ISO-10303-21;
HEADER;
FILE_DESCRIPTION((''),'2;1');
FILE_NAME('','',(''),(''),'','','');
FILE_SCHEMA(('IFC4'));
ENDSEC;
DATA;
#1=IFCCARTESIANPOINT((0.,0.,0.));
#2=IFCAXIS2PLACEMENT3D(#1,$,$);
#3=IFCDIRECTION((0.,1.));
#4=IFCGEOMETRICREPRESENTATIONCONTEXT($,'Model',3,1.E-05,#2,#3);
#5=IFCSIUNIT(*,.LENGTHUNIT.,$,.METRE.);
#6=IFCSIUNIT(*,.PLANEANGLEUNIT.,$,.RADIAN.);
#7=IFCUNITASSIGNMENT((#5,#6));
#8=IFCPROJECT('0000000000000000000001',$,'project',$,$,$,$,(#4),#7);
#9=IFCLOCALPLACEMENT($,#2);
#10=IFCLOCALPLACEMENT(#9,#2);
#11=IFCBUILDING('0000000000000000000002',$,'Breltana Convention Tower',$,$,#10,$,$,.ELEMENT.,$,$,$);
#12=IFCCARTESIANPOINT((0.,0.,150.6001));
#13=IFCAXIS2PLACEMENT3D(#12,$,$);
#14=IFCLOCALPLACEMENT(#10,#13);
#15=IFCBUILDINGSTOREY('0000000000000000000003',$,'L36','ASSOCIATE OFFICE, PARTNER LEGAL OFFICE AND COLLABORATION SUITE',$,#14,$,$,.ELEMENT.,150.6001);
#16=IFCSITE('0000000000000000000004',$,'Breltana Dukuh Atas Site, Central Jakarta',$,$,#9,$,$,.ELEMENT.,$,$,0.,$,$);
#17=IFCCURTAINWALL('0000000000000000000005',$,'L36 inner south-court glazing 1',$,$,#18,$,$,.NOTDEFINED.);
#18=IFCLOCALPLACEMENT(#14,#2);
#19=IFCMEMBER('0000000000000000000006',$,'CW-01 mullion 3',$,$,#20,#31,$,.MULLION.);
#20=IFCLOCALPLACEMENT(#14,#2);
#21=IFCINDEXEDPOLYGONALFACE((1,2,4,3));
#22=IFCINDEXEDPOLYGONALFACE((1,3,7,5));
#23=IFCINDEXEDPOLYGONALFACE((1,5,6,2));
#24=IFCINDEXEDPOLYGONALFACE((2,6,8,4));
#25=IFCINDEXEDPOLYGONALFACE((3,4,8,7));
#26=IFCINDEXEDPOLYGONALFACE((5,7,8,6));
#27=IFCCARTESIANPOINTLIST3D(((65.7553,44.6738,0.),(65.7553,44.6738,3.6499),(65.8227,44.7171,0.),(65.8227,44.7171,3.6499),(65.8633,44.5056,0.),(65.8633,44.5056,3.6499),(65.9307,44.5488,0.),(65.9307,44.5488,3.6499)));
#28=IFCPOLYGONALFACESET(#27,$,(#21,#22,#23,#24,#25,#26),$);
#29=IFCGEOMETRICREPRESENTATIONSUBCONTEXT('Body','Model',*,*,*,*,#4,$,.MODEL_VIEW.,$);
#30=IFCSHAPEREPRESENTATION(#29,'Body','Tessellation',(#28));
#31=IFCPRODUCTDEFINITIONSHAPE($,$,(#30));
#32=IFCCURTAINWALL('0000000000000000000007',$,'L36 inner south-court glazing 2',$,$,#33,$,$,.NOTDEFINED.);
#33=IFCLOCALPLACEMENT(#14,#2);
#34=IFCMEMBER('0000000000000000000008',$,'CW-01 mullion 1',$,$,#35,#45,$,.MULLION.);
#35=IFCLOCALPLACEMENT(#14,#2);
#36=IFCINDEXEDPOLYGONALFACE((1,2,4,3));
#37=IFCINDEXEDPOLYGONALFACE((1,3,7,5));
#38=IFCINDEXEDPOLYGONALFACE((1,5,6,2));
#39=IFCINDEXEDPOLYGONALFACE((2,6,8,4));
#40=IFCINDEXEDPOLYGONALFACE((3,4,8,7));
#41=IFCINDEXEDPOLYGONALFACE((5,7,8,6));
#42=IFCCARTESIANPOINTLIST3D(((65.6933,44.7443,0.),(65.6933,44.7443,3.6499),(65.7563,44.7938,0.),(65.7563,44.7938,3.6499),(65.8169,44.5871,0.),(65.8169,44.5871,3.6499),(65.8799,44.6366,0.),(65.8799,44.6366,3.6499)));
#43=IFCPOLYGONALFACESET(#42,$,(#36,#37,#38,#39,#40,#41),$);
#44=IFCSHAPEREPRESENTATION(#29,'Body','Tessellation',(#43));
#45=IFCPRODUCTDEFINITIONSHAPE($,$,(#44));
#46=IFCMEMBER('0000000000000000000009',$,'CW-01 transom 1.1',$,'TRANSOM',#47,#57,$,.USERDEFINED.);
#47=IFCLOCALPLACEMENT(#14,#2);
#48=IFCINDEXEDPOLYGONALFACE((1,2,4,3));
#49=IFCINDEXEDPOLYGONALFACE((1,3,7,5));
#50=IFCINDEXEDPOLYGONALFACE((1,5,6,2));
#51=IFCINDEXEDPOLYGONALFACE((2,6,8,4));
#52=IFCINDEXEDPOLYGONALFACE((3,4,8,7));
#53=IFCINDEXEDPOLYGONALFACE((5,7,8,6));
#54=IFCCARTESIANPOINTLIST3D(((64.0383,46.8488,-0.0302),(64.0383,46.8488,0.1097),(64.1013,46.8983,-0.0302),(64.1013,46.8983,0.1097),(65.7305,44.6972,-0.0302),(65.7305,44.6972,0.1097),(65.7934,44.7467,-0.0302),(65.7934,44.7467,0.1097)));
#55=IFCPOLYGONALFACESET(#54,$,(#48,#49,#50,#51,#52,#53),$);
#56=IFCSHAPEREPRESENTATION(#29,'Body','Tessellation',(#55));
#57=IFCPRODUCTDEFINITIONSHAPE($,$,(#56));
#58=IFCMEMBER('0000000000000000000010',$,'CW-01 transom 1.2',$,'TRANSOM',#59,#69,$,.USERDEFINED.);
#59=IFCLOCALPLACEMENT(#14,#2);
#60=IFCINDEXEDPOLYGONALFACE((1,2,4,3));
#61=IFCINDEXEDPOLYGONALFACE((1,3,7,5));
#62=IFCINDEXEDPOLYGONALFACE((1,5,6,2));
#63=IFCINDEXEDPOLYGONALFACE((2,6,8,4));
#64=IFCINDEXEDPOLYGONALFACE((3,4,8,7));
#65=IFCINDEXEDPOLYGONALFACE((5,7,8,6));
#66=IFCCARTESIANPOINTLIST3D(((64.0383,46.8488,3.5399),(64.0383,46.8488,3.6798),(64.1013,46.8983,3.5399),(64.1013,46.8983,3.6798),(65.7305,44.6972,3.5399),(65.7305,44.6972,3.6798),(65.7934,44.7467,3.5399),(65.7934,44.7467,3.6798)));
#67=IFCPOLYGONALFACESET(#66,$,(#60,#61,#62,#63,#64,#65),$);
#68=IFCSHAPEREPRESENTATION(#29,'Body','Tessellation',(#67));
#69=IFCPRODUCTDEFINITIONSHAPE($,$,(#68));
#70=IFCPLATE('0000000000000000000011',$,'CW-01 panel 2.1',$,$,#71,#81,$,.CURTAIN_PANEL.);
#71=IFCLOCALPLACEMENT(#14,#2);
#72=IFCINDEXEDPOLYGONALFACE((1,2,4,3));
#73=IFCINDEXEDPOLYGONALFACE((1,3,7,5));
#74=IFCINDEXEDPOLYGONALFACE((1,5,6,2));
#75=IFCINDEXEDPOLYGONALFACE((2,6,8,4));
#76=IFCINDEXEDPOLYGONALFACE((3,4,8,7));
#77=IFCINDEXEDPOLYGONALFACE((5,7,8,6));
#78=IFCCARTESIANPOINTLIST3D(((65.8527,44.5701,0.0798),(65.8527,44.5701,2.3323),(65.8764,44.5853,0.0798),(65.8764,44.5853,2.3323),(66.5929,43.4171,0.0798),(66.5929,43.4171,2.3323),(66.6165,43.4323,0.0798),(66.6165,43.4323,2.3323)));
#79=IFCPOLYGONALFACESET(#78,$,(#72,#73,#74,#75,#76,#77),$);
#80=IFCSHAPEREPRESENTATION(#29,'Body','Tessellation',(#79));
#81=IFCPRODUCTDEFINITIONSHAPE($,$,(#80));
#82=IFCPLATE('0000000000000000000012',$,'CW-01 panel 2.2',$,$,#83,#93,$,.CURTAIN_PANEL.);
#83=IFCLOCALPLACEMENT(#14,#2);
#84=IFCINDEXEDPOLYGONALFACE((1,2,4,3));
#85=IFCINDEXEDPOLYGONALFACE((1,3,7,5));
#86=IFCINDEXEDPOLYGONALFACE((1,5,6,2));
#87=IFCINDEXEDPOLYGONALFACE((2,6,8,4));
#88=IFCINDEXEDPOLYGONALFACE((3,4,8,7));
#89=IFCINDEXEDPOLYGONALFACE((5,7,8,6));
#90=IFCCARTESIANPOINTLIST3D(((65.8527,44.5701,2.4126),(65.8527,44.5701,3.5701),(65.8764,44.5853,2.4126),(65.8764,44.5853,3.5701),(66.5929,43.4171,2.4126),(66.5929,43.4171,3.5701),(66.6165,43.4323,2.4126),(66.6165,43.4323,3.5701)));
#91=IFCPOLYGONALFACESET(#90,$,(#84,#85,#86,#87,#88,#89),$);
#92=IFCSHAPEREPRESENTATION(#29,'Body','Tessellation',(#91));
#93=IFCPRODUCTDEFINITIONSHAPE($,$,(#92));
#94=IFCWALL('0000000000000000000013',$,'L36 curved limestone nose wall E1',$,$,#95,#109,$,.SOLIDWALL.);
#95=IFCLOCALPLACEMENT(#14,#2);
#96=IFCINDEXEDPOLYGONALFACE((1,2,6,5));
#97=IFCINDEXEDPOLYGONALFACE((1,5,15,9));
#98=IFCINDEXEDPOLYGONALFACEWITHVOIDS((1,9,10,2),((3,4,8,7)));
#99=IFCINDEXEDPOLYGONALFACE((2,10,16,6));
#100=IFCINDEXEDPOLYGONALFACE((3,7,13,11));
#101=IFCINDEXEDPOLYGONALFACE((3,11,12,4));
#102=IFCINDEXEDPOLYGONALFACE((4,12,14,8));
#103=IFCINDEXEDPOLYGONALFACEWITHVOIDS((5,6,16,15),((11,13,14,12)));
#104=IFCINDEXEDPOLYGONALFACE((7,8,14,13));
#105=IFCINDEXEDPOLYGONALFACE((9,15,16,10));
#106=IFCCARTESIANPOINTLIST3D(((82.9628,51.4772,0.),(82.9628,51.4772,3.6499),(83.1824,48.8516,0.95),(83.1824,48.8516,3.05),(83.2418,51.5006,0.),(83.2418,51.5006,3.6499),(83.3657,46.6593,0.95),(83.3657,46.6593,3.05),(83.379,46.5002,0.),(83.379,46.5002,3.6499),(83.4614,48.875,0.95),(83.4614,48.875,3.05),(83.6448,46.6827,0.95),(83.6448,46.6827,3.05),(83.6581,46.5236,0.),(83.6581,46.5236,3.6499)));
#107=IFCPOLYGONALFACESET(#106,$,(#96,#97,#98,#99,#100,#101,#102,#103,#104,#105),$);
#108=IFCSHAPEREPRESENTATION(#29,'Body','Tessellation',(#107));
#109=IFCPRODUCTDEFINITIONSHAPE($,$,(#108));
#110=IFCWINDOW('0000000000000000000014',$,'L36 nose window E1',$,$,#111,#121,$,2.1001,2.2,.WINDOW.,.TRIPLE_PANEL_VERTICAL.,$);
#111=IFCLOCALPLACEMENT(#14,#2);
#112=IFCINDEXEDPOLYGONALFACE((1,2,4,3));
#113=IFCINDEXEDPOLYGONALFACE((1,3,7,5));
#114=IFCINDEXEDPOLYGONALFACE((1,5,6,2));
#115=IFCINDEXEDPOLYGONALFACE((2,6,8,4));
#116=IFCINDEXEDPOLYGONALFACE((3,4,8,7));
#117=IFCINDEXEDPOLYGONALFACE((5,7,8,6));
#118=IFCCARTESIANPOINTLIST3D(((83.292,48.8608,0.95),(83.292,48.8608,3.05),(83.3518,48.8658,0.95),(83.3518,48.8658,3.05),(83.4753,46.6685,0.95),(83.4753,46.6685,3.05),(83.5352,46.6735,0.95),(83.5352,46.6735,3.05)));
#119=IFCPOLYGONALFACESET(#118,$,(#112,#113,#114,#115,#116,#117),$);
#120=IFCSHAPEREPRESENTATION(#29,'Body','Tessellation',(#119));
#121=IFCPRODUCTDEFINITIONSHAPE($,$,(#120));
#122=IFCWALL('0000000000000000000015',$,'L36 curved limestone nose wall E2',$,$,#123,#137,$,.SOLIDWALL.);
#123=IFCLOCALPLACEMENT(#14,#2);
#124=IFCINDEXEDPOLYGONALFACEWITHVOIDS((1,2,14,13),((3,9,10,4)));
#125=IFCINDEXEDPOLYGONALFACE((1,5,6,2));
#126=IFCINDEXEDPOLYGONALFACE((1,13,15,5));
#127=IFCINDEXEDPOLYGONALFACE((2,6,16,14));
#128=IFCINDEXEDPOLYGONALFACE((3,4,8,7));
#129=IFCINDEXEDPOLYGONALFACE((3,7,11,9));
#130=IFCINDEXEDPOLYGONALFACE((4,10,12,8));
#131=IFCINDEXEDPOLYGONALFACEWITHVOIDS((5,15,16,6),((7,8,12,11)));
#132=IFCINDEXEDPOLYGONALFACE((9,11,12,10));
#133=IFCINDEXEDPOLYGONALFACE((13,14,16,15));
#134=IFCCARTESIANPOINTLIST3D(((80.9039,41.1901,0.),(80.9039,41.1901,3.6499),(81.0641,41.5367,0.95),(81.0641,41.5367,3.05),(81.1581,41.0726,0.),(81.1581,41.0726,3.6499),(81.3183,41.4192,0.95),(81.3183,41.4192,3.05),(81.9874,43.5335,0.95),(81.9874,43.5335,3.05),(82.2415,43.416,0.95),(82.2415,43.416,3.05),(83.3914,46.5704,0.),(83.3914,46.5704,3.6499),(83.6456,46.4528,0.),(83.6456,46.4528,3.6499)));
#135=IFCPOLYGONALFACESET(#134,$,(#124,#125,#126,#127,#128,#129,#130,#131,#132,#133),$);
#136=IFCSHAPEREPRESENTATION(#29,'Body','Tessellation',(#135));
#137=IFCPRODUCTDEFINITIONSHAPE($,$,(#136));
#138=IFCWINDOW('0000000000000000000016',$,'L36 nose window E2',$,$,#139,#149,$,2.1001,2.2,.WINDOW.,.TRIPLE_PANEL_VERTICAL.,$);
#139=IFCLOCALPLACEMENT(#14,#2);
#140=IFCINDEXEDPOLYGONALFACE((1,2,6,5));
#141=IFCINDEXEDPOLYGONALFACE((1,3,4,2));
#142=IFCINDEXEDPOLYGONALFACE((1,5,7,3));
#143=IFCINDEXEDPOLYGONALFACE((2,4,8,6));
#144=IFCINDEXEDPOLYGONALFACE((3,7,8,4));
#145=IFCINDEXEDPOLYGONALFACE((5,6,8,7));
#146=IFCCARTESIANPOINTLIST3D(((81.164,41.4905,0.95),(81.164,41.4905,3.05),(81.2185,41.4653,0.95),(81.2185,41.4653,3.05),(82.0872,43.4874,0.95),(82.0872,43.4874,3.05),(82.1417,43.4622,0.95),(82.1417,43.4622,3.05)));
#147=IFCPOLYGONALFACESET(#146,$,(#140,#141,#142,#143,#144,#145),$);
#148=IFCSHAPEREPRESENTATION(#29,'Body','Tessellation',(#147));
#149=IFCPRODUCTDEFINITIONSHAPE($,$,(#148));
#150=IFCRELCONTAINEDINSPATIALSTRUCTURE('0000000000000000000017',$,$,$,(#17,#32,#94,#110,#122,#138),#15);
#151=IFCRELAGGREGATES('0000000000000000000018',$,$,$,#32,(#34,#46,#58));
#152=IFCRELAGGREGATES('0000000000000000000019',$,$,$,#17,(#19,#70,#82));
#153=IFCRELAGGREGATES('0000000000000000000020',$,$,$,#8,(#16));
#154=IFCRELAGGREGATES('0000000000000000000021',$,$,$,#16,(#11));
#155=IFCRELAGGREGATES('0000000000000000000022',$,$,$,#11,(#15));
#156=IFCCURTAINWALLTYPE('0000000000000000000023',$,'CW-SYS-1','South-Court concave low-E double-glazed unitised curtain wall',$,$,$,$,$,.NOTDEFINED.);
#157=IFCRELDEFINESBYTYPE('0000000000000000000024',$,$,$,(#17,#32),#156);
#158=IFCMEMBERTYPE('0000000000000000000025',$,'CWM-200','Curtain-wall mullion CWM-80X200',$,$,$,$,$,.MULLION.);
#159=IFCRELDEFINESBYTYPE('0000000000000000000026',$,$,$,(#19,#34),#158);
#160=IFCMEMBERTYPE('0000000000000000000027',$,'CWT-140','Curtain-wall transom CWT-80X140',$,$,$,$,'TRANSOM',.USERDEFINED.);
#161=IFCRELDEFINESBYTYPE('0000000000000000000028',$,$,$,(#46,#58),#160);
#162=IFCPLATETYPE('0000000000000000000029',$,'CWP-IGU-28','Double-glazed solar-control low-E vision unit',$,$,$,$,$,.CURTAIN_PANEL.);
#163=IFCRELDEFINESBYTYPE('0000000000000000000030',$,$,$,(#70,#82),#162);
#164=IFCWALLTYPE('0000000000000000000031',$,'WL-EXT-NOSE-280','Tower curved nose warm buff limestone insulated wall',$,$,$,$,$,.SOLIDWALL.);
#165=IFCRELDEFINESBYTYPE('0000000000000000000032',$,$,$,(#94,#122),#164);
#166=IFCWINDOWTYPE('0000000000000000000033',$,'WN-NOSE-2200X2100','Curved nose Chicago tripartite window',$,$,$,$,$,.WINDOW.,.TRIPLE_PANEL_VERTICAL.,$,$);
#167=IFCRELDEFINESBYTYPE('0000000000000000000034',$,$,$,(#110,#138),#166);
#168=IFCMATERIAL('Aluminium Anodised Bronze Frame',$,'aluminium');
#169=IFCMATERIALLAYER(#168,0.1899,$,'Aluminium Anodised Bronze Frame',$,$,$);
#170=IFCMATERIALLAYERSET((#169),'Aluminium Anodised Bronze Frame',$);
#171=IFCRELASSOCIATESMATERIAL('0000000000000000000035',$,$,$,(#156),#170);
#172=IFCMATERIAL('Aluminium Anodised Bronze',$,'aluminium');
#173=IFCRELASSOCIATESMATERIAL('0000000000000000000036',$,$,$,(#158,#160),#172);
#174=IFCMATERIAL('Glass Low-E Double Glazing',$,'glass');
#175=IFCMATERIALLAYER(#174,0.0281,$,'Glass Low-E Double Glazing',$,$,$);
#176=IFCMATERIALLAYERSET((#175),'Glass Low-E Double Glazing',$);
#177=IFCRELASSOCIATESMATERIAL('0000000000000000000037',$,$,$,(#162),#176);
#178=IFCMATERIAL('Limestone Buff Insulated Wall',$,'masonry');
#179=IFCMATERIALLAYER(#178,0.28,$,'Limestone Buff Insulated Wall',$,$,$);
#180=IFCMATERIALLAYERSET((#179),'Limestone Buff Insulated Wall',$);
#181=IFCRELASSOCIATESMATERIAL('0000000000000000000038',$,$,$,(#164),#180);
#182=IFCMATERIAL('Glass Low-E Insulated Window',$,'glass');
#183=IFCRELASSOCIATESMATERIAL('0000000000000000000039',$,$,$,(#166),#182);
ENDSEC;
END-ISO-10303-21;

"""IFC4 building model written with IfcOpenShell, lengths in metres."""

from ifc_helpers import new_model, si_unit, direction, frame, frame_2d, origin, origin_2d, place, context, subcontext, project, spatial, rectangle, extrude, source, transform, mapped, material, layer, layer_set, material_profile, profile_set, type_object, type_shapes, element, fill, aggregate, save


model = new_model("IFC4")

# Units and contexts
model_context = context("Model", 3, precision=1e-05, world=origin(), true_north=direction((0.0, 1.0)))
body_context = subcontext(model_context, "Body", "Model", "MODEL_VIEW")
ifc_project = project(units=[si_unit("LENGTHUNIT", "METRE"), si_unit("PLANEANGLEUNIT", "RADIAN")], contexts=[model_context])

# Site, building, storey
site_placement = place(None, origin())
site = spatial("IfcSite", under=ifc_project, at=site_placement, Name="Breltana Dukuh Atas Site, Central Jakarta", CompositionType="ELEMENT", RefElevation=0.0)
building_placement = place(site_placement, origin())
building = spatial("IfcBuilding", under=site, at=building_placement, Name="Breltana Convention Tower", CompositionType="ELEMENT")
storey_placement = place(building_placement, frame((0.0, 0.0, 150.6001)))
storey = spatial("IfcBuildingStorey", under=building, at=storey_placement, Name="L36", Description="ASSOCIATE OFFICE, PARTNER LEGAL OFFICE AND COLLABORATION SUITE", CompositionType="ELEMENT", Elevation=150.6001)

# Curtain wall, member
ifc_material_1 = material(Name="Aluminium Anodised Bronze Frame", Category="aluminium")
ifc_layer_1 = layer(ifc_material_1, 0.1899, Name="Aluminium Anodised Bronze Frame")
ifc_layer_set_1 = layer_set([ifc_layer_1], Name="Aluminium Anodised Bronze Frame")
curtain_wall_type = type_object("IfcCurtainWallType", Name="CW-SYS-1", Description="South-Court concave low-E double-glazed unitised curtain wall", PredefinedType="NOTDEFINED", material=ifc_layer_set_1)
curtain_wall_1_placement = place(storey_placement, origin())
curtain_wall_1 = element("IfcCurtainWall", 1, at=curtain_wall_1_placement, inside=storey, type_object=curtain_wall_type, Name="L36 inner south-court glazing 1", PredefinedType="NOTDEFINED")
ifc_material_2 = material(Name="Aluminium Anodised Bronze", Category="aluminium")
ifc_material_profile_1 = material_profile(ifc_material_2, rectangle(XDim=0.0801, YDim=0.2, at=origin_2d()), Name="CWM-80X200")
ifc_profile_set_1 = profile_set([ifc_material_profile_1], Name="Aluminium Anodised Bronze")
member_type_1 = type_object("IfcMemberType", Name="CWM-200", Description="Curtain-wall mullion CWM-80X200", PredefinedType="MULLION", material=ifc_profile_set_1)
shared_shape_1 = source(origin(), body_context, "Body", "SweptSolid", [
    extrude(rectangle(XDim=0.0801, YDim=0.2, at=origin_2d()), origin(), (0.0, 0.0, 1.0), 3.6499),
])
member_1_placement = place(storey_placement, frame((65.843, 44.6113, 0.0), z_axis=(0.0, 0.0, 1.0), x_axis=(-0.841547, -0.540184, 0.0)))
member_1 = element("IfcMember", 2, at=member_1_placement, type_object=member_type_1, Name="CW-01 mullion 3", PredefinedType="MULLION", context=body_context, shape_type="MappedRepresentation", body=[
    mapped(shared_shape_1, transform((0.0, 0.0, 0.0), scale=1.0)),
])

# Curtain wall, members
curtain_wall_2_placement = place(storey_placement, origin())
curtain_wall_2 = element("IfcCurtainWall", 3, at=curtain_wall_2_placement, inside=storey, type_object=curtain_wall_type, Name="L36 inner south-court glazing 2", PredefinedType="NOTDEFINED")
member_2_placement = place(storey_placement, frame((65.7866, 44.6904, 0.0), z_axis=(0.0, 0.0, 1.0), x_axis=(-0.786051, -0.618161, 0.0)))
member_2 = element("IfcMember", 4, at=member_2_placement, type_object=member_type_1, Name="CW-01 mullion 1", PredefinedType="MULLION", context=body_context, shape_type="MappedRepresentation", body=[
    mapped(shared_shape_1, transform((0.0, 0.0, 0.0), scale=1.0)),
])
ifc_material_profile_2 = material_profile(ifc_material_2, rectangle(XDim=0.0801, YDim=0.1399, at=origin_2d()), Name="CWT-80X140")
ifc_profile_set_2 = profile_set([ifc_material_profile_2], Name="Aluminium Anodised Bronze")
member_type_2 = type_object("IfcMemberType", Name="CWT-140", Description="Curtain-wall transom CWT-80X140", ElementType="TRANSOM", PredefinedType="USERDEFINED", material=ifc_profile_set_2)
shared_shape_2 = source(origin(), body_context, "Body", "SweptSolid", [
    extrude(rectangle(XDim=0.0801, YDim=0.1399, at=origin_2d()), origin(), (0.0, 0.0, 1.0), 2.7373),
])
member_3_placement = place(storey_placement, frame((65.762, 44.7219, 0.0398), z_axis=(-0.61818, 0.786037, 0.0), x_axis=(-0.786037, -0.61818, 0.0)))
member_3 = element("IfcMember", 5, at=member_3_placement, type_object=member_type_2, Name="CW-01 transom 1.1", ObjectType="TRANSOM", PredefinedType="USERDEFINED", context=body_context, shape_type="MappedRepresentation", body=[
    mapped(shared_shape_2, transform((0.0, 0.0, 0.0), scale=1.0)),
])
member_4_placement = place(storey_placement, frame((65.762, 44.7219, 3.6099), z_axis=(-0.61818, 0.786037, 0.0), x_axis=(-0.786037, -0.61818, 0.0)))
member_4 = element("IfcMember", 6, at=member_4_placement, type_object=member_type_2, Name="CW-01 transom 1.2", ObjectType="TRANSOM", PredefinedType="USERDEFINED", context=body_context, shape_type="MappedRepresentation", body=[
    mapped(shared_shape_2, transform((0.0, 0.0, 0.0), scale=1.0)),
])
aggregate(curtain_wall_2, [member_2, member_3, member_4])

# Plates
ifc_material_3 = material(Name="Glass Low-E Double Glazing", Category="glass")
ifc_layer_2 = layer(ifc_material_3, 0.0281, Name="Glass Low-E Double Glazing")
ifc_layer_set_2 = layer_set([ifc_layer_2], Name="Glass Low-E Double Glazing")
plate_type = type_object("IfcPlateType", Name="CWP-IGU-28", Description="Double-glazed solar-control low-E vision unit", PredefinedType="CURTAIN_PANEL", material=ifc_layer_set_2)
shared_shape_3 = source(origin(), body_context, "Body", "SweptSolid", [
    extrude(rectangle(XDim=1.3701, YDim=0.0281, at=origin_2d()), origin(), (0.0, 0.0, 1.0), 2.2524),
])
plate_1_placement = place(storey_placement, frame((66.2346, 44.0012, 0.0798), z_axis=(0.0, 0.0, 1.0), x_axis=(-0.540184, 0.841547, 0.0)))
plate_1 = element("IfcPlate", 7, at=plate_1_placement, type_object=plate_type, Name="CW-01 panel 2.1", PredefinedType="CURTAIN_PANEL", context=body_context, shape_type="MappedRepresentation", body=[
    mapped(shared_shape_3, transform((0.0, 0.0, 0.0), scale=1.0)),
])
shared_shape_4 = source(origin(), body_context, "Body", "SweptSolid", [
    extrude(rectangle(XDim=1.3701, YDim=0.0281, at=origin_2d()), origin(), (0.0, 0.0, 1.0), 1.1575),
])
plate_2_placement = place(storey_placement, frame((66.2346, 44.0012, 2.4126), z_axis=(0.0, 0.0, 1.0), x_axis=(-0.540184, 0.841547, 0.0)))
plate_2 = element("IfcPlate", 8, at=plate_2_placement, type_object=plate_type, Name="CW-01 panel 2.2", PredefinedType="CURTAIN_PANEL", context=body_context, shape_type="MappedRepresentation", body=[
    mapped(shared_shape_4, transform((0.0, 0.0, 0.0), scale=1.0)),
])
aggregate(curtain_wall_1, [member_1, plate_1, plate_2])

# Walls, openings, windows
ifc_material_4 = material(Name="Limestone Buff Insulated Wall", Category="masonry")
ifc_layer_3 = layer(ifc_material_4, 0.28, Name="Limestone Buff Insulated Wall")
ifc_layer_set_3 = layer_set([ifc_layer_3], Name="Limestone Buff Insulated Wall")
wall_type = type_object("IfcWallType", Name="WL-EXT-NOSE-280", Description="Tower curved nose warm buff limestone insulated wall", PredefinedType="SOLIDWALL", material=ifc_layer_set_3)
shared_shape_5 = source(origin(), body_context, "Body", "SweptSolid", [
    extrude(rectangle(XDim=4.9944, YDim=0.28, at=frame_2d((2.4971, 0.0))), origin(), (0.0, 0.0, 1.0), 3.6499),
])
wall_1_placement = place(storey_placement, frame((83.1023, 51.4888, 0.0), z_axis=(0.0, 0.0, 1.0), x_axis=(0.083345, -0.996521, 0.0)))
wall_1 = element("IfcWall", 9, at=wall_1_placement, inside=storey, type_object=wall_type, Name="L36 curved limestone nose wall E1", PredefinedType="SOLIDWALL", context=body_context, shape_type="MappedRepresentation", body=[
    mapped(shared_shape_5, transform((0.0, 0.0, 0.0), scale=1.0)),
])
opening_1_placement = place(wall_1_placement, frame((2.6345, 0.0, 0.95)))
opening_1 = element("IfcOpeningElement", 10, at=opening_1_placement, cuts=wall_1, PredefinedType="OPENING", context=body_context, shape_type="SweptSolid", body=[
    extrude(rectangle(XDim=2.2, YDim=2.1001, at=frame_2d((1.1001, 1.05))), frame((0.0, 0.1499, 0.0), z_axis=(0.0, -1.0, 0.0), x_axis=(1.0, 0.0, 0.0)), (0.0, 0.0, 1.0), 0.3),
])
ifc_material_5 = material(Name="Glass Low-E Insulated Window", Category="glass")
window_type = type_object("IfcWindowType", Name="WN-NOSE-2200X2100", Description="Curved nose Chicago tripartite window", PartitioningType="TRIPLE_PANEL_VERTICAL", PredefinedType="WINDOW", material=ifc_material_5)
shared_shape_6 = source(origin(), body_context, "Body", "SweptSolid", [
    extrude(rectangle(XDim=2.2, YDim=2.1001, at=frame_2d((1.1001, 1.05))), frame((0.0, 0.03, 0.0), z_axis=(0.0, -1.0, 0.0), x_axis=(1.0, 0.0, 0.0)), (0.0, 0.0, 1.0), 0.0601),
])
type_shapes(window_type, [shared_shape_6])
window_1_placement = place(opening_1_placement, origin())
window_1 = element("IfcWindow", 11, at=window_1_placement, inside=storey, type_object=window_type, Name="L36 nose window E1", OverallHeight=2.1001, OverallWidth=2.2, PartitioningType="TRIPLE_PANEL_VERTICAL", PredefinedType="WINDOW", context=body_context, shape_type="MappedRepresentation", body=[
    mapped(shared_shape_6, transform((0.0, 0.0, 0.0), scale=1.0)),
])
fill(opening_1, window_1)
shared_shape_7 = source(origin(), body_context, "Body", "SweptSolid", [
    extrude(rectangle(XDim=5.9275, YDim=0.28, at=frame_2d((2.9639, 0.0))), origin(), (0.0, 0.0, 1.0), 3.6499),
])
wall_2_placement = place(storey_placement, frame((83.5186, 46.5117, 0.0), z_axis=(0.0, 0.0, 1.0), x_axis=(-0.419656, -0.907683, 0.0)))
wall_2 = element("IfcWall", 12, at=wall_2_placement, inside=storey, type_object=wall_type, Name="L36 curved limestone nose wall E2", PredefinedType="SOLIDWALL", context=body_context, shape_type="MappedRepresentation", body=[
    mapped(shared_shape_7, transform((0.0, 0.0, 0.0), scale=1.0)),
])
opening_2_placement = place(wall_2_placement, frame((3.3457, 0.0, 0.95)))
opening_2 = element("IfcOpeningElement", 13, at=opening_2_placement, cuts=wall_2, PredefinedType="OPENING", context=body_context, shape_type="SweptSolid", body=[
    extrude(rectangle(XDim=2.2, YDim=2.1001, at=frame_2d((1.1001, 1.05))), frame((0.0, 0.1499, 0.0), z_axis=(0.0, -1.0, 0.0), x_axis=(1.0, 0.0, 0.0)), (0.0, 0.0, 1.0), 0.3),
])
window_2_placement = place(opening_2_placement, origin())
window_2 = element("IfcWindow", 14, at=window_2_placement, inside=storey, type_object=window_type, Name="L36 nose window E2", OverallHeight=2.1001, OverallWidth=2.2, PartitioningType="TRIPLE_PANEL_VERTICAL", PredefinedType="WINDOW", context=body_context, shape_type="MappedRepresentation", body=[
    mapped(shared_shape_6, transform((0.0, 0.0, 0.0), scale=1.0)),
])
fill(opening_2, window_2)

save(model, "model.ifc")
